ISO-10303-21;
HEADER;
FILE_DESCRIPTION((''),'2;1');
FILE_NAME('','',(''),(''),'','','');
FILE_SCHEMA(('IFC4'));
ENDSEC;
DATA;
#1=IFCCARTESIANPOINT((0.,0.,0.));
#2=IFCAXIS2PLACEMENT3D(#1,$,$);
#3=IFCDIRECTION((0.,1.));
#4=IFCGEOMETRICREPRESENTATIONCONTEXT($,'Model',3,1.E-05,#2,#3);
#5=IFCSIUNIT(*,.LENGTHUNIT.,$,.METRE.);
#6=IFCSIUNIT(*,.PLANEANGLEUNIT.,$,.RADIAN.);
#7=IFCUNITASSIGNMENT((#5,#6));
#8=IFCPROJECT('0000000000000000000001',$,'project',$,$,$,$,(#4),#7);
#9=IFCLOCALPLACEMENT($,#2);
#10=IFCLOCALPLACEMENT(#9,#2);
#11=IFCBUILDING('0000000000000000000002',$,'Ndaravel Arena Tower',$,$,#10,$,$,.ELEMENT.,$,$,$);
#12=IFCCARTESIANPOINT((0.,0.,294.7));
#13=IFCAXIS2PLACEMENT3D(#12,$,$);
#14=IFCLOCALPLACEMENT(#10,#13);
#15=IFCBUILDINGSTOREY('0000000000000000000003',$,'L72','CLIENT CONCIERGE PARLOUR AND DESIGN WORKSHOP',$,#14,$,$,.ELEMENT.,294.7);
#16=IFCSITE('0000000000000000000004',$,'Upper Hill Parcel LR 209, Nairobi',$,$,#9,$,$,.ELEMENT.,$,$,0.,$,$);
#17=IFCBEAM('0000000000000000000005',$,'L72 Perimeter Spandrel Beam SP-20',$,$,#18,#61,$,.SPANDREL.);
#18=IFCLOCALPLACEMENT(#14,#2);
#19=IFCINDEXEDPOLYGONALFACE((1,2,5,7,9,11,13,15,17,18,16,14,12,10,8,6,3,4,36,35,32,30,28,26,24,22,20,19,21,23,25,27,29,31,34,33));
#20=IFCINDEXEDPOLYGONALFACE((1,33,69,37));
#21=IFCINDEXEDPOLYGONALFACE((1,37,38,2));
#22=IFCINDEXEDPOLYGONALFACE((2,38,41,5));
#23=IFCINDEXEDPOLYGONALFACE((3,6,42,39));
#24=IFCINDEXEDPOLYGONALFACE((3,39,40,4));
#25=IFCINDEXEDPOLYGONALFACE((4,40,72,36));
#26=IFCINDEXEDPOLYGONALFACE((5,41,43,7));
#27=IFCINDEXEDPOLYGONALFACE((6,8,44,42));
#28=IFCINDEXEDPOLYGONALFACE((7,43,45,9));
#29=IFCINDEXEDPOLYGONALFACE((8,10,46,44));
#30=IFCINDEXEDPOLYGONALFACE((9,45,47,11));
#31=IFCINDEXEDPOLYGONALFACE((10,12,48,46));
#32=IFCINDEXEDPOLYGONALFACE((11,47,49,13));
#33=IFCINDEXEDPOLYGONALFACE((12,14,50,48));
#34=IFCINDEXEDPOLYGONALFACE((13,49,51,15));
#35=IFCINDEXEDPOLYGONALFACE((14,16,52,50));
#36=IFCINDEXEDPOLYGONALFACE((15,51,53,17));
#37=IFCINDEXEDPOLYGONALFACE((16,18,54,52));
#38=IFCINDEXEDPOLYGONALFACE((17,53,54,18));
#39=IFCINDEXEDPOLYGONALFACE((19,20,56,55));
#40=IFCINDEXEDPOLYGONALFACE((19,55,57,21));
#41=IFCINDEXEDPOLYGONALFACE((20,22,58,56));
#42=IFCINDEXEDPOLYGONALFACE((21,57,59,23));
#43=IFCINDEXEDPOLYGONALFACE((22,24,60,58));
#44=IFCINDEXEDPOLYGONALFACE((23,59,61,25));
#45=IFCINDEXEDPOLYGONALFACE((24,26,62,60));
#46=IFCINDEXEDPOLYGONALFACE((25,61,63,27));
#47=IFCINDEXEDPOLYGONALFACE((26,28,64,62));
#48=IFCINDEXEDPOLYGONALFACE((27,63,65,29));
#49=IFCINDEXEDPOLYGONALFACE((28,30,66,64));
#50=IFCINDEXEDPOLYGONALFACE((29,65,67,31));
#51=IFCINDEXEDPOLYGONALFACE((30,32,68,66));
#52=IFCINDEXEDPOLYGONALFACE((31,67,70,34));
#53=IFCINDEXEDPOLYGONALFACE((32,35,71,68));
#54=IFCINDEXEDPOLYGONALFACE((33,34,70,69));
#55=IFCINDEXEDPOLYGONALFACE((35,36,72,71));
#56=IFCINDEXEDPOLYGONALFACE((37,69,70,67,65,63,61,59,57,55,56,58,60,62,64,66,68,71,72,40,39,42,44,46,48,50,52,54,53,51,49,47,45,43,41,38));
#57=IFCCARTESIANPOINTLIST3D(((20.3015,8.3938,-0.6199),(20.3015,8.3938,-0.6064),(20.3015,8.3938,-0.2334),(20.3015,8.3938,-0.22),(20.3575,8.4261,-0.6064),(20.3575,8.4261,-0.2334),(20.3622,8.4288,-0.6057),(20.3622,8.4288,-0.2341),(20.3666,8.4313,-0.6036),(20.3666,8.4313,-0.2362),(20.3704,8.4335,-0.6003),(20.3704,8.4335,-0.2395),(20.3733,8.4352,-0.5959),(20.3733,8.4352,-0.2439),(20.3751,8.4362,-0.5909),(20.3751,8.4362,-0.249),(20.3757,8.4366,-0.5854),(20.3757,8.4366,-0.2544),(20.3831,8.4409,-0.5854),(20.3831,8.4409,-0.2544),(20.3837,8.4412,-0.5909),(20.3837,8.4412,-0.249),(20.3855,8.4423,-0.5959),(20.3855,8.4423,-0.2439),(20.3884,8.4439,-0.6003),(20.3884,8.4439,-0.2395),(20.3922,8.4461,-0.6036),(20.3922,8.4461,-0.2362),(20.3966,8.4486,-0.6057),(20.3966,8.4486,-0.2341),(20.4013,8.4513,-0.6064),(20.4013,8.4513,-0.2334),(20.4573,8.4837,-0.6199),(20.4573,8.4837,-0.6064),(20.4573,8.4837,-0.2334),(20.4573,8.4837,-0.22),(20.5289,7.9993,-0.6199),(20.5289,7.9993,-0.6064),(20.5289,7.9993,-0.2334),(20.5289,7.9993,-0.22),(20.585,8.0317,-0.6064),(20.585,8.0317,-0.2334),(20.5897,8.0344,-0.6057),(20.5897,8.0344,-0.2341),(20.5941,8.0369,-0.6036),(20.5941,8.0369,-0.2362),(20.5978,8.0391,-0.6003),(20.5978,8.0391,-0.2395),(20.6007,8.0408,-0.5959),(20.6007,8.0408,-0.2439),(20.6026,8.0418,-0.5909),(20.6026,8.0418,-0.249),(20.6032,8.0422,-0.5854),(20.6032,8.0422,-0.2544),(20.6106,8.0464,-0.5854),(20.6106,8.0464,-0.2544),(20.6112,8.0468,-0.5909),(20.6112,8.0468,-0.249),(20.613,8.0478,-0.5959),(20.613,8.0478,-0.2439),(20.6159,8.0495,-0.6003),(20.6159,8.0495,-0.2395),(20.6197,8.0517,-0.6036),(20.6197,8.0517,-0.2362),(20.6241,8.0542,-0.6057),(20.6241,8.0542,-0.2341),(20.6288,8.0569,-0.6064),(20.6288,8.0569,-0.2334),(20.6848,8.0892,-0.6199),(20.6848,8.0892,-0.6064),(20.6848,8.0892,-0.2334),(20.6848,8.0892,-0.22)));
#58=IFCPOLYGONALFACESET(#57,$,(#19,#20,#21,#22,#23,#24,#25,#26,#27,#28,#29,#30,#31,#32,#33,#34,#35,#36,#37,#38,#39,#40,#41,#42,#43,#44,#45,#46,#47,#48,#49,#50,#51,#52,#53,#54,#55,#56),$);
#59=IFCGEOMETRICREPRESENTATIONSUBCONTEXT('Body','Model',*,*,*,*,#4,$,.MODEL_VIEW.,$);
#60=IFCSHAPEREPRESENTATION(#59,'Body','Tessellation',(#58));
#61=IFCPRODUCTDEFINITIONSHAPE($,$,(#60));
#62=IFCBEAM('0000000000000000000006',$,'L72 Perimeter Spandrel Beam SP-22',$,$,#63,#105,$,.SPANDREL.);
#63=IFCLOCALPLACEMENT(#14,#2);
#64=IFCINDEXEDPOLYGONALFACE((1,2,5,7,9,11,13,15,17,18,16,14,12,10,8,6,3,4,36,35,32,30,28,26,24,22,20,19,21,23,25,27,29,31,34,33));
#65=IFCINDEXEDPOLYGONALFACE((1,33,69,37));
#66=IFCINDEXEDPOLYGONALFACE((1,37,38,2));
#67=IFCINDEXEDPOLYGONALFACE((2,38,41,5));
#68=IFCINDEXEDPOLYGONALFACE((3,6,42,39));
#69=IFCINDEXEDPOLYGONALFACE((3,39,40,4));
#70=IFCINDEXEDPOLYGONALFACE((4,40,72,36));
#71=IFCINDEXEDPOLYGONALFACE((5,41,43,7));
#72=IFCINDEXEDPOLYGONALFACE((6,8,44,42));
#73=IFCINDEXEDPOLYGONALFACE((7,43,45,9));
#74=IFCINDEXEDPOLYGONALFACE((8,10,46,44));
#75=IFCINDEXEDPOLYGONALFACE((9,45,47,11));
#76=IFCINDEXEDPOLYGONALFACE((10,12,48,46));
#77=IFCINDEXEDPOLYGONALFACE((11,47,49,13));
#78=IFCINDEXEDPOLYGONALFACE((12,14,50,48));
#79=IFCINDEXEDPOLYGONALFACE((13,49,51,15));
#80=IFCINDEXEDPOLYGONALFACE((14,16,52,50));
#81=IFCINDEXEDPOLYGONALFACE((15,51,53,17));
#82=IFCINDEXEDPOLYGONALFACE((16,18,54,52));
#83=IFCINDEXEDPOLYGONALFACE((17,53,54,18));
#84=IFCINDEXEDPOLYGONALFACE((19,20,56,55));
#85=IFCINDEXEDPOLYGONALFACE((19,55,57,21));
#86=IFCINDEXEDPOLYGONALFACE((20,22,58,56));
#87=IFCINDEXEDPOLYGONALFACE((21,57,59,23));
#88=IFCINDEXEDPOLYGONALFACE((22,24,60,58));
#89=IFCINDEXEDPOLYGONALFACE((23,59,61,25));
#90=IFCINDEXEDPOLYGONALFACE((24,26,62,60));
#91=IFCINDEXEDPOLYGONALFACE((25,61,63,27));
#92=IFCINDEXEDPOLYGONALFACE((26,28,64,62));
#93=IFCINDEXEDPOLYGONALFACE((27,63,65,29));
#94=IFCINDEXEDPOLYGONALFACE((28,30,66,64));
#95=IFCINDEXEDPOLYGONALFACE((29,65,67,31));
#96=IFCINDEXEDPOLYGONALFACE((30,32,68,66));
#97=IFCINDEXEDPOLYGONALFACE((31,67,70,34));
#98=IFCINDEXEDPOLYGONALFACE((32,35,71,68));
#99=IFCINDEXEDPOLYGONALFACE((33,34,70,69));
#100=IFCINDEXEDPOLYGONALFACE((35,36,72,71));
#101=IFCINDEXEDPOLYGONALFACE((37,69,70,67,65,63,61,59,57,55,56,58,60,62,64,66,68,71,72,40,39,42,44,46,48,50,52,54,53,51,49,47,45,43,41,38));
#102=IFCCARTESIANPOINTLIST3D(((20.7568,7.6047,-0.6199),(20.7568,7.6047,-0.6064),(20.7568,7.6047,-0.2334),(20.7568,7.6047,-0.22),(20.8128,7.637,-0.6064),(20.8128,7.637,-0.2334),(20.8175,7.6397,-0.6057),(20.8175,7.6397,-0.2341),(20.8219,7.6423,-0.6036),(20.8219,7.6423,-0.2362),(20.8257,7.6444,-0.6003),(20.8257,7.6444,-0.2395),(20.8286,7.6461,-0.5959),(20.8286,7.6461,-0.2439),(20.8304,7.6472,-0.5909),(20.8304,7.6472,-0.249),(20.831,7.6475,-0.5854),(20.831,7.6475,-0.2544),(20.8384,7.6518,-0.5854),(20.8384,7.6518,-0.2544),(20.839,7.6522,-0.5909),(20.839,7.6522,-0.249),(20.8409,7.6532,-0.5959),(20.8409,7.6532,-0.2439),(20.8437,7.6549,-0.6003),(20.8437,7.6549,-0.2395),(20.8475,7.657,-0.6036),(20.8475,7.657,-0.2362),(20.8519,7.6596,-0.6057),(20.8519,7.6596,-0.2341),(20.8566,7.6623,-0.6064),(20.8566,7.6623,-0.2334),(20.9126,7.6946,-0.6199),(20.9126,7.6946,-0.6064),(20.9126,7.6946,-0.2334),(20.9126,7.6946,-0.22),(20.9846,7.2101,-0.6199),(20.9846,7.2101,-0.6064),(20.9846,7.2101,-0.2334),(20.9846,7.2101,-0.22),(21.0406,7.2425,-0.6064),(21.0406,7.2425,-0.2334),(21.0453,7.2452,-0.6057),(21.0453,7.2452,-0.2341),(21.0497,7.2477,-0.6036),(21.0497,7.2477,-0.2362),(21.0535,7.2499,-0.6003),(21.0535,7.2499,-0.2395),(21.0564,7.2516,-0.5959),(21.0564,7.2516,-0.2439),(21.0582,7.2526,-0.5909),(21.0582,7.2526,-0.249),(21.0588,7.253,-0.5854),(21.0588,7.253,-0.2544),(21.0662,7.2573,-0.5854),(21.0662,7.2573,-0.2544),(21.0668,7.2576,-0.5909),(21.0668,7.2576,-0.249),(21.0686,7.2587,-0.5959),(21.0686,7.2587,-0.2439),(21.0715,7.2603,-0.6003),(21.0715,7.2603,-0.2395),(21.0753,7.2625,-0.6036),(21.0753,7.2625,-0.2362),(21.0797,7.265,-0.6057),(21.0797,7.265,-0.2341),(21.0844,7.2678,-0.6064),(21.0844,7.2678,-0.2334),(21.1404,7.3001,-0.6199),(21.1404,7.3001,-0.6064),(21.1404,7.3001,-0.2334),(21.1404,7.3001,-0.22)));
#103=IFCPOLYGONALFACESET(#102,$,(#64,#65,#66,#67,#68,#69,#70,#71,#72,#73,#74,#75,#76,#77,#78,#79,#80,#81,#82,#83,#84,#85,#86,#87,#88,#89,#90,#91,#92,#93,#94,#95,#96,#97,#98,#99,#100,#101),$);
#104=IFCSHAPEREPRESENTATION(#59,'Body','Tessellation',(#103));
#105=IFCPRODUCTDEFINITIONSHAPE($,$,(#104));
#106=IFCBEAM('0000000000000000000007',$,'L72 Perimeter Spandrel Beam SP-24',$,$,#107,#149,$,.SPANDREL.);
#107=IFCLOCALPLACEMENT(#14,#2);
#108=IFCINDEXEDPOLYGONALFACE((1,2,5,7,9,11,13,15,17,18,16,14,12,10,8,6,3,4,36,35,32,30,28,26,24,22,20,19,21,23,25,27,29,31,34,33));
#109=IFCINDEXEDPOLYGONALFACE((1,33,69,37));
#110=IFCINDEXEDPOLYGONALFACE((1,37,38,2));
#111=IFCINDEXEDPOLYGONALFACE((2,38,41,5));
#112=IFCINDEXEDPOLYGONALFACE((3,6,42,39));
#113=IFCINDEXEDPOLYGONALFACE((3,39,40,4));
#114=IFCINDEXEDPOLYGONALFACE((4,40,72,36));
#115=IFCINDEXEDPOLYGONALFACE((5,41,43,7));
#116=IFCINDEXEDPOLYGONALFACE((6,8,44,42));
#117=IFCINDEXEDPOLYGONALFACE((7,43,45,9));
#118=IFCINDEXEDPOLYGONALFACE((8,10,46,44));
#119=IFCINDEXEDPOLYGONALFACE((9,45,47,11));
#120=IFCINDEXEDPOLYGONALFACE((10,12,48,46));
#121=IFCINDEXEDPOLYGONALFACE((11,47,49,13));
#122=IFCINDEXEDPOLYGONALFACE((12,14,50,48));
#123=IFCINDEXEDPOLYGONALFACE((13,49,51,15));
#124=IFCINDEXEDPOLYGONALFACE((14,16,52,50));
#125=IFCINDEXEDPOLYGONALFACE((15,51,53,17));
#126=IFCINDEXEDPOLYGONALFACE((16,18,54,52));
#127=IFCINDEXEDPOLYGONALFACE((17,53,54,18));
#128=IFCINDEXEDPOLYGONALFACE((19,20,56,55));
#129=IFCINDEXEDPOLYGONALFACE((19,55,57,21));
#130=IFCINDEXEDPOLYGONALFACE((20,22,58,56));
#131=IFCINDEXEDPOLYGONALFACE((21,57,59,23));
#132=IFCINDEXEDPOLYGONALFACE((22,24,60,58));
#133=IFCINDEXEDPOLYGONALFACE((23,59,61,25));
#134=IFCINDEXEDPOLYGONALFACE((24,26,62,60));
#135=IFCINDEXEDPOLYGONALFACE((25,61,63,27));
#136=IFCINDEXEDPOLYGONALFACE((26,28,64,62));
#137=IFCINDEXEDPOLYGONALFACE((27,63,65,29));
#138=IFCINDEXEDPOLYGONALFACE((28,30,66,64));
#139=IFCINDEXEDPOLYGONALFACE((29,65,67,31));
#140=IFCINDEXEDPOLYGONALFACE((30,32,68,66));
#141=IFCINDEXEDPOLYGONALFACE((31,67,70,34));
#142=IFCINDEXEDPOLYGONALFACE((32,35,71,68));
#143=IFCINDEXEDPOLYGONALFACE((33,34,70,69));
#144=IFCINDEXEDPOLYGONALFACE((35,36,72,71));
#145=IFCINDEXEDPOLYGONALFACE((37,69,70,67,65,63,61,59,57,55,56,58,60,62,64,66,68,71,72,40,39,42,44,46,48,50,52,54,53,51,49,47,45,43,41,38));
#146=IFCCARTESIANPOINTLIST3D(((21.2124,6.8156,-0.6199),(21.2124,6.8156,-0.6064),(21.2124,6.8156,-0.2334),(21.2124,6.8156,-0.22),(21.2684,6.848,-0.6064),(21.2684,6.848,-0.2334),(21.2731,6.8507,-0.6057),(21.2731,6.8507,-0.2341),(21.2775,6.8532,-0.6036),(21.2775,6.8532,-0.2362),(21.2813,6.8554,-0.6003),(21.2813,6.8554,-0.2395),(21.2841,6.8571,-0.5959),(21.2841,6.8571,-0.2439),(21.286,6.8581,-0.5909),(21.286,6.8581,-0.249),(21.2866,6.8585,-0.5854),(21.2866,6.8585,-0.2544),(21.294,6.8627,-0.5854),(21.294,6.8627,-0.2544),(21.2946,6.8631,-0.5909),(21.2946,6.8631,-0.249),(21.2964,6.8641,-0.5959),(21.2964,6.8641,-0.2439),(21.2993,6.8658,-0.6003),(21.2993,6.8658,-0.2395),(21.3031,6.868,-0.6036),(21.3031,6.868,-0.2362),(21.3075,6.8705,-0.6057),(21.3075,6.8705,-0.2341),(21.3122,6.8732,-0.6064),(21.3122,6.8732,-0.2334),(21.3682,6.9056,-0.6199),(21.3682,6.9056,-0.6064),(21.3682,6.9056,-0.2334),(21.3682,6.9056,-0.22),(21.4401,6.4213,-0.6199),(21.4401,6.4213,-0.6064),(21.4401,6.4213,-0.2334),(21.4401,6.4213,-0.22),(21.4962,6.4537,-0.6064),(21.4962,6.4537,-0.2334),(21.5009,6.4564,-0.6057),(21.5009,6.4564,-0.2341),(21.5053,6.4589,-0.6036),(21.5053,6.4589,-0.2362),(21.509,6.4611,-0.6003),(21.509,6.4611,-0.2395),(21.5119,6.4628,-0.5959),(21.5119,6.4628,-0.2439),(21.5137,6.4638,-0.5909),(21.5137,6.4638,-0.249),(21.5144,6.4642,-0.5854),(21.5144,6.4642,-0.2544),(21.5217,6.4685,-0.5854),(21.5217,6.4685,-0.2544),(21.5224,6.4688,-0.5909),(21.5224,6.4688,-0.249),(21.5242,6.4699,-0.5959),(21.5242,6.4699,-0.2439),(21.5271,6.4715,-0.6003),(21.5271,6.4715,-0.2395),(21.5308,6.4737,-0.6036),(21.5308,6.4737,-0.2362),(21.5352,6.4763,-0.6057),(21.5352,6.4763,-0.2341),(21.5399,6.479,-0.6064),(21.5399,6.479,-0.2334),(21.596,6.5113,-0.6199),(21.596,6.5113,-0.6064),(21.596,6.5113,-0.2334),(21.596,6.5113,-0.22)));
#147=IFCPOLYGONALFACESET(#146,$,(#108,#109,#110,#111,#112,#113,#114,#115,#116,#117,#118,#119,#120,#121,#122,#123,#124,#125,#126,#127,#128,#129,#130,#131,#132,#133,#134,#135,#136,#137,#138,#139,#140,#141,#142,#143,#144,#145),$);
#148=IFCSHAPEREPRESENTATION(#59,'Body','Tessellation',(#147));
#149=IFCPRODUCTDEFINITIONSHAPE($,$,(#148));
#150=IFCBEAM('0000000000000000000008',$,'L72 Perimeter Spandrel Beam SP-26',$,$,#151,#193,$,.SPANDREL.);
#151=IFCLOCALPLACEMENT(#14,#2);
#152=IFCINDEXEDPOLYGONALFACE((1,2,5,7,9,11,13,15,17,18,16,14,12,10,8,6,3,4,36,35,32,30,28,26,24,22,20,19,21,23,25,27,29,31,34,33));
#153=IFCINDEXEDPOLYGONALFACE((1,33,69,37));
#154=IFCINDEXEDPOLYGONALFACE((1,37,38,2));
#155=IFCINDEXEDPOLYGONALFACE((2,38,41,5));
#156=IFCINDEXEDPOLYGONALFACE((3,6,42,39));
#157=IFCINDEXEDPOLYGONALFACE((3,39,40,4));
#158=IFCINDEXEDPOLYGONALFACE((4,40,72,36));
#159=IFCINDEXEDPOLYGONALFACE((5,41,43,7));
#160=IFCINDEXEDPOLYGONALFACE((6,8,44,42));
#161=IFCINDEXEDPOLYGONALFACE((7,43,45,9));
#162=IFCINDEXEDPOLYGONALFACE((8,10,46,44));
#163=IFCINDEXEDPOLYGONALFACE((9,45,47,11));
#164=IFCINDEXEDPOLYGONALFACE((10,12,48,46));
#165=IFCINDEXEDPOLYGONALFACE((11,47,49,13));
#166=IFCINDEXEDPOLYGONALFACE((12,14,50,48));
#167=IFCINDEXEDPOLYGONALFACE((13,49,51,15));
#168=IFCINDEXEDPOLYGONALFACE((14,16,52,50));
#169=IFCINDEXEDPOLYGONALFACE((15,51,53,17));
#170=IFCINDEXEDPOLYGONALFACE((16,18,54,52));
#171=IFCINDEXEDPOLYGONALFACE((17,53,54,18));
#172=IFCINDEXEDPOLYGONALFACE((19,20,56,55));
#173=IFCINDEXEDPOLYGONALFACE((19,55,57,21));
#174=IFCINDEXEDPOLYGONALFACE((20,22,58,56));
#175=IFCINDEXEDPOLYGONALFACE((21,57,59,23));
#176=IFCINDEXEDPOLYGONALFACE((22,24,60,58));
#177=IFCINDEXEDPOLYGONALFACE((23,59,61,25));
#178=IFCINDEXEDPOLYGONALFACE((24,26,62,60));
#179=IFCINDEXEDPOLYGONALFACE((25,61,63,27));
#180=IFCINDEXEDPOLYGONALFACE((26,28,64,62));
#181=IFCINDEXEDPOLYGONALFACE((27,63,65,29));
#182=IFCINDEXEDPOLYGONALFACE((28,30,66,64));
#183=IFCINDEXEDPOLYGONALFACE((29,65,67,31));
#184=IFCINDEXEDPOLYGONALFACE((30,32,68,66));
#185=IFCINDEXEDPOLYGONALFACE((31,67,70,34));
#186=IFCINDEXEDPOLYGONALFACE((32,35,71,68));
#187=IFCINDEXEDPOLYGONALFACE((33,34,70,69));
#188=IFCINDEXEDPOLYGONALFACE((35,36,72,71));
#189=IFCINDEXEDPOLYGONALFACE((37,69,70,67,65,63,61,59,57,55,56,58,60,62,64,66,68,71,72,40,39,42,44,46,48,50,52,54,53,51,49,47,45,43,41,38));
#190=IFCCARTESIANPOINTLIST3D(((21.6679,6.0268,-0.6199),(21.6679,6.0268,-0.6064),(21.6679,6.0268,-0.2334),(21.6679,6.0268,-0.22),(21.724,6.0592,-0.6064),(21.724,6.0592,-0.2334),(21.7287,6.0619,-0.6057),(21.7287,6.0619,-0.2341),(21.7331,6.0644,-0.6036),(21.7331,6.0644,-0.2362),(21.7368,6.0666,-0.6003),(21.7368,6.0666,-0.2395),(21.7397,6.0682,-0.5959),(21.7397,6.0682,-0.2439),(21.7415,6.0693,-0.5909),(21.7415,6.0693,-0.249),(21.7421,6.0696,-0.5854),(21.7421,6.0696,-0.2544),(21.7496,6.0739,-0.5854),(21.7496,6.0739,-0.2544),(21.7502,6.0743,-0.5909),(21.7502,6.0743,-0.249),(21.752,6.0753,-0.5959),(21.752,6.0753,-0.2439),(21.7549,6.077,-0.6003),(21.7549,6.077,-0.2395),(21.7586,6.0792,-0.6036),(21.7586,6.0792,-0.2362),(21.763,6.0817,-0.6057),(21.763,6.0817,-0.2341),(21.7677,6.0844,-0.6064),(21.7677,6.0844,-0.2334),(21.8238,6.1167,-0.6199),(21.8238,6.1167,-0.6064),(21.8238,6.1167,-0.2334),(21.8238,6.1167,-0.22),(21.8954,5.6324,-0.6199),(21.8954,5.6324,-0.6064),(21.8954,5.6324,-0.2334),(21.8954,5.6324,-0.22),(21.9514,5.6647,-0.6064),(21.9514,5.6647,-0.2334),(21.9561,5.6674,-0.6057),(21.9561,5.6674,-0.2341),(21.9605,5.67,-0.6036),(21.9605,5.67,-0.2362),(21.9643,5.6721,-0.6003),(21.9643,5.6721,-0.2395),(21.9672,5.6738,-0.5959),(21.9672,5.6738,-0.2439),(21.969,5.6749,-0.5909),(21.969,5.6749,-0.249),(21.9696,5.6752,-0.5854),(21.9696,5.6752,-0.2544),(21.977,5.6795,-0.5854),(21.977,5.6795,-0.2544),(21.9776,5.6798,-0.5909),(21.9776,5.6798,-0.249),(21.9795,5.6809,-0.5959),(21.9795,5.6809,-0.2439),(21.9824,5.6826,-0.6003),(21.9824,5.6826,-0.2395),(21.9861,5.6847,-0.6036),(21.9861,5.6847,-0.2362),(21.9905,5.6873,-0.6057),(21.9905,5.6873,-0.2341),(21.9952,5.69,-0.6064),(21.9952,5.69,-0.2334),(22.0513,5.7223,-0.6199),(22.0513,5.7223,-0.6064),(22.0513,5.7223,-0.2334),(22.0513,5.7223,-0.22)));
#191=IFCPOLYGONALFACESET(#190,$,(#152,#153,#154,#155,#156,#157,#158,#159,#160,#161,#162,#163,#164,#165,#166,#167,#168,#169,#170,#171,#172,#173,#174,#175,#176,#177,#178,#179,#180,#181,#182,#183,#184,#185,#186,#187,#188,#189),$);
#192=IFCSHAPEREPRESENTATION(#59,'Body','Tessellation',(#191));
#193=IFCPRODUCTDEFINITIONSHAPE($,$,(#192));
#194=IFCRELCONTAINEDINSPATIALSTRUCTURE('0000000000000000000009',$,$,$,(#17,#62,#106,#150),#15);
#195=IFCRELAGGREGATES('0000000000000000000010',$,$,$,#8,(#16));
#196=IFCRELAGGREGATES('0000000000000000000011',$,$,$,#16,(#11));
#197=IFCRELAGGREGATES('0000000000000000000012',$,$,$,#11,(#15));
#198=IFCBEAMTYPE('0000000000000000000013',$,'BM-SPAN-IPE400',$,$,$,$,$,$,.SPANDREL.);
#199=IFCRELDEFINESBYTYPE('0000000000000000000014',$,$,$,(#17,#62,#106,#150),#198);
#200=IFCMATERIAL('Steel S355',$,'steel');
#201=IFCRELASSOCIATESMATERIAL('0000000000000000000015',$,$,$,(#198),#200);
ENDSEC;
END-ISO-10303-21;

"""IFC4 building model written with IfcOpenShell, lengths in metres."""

from ifc_helpers import new_model, si_unit, direction, frame, origin, origin_2d, place, context, subcontext, project, spatial, i_section, extrude, material, material_profile, profile_set, type_object, element, save


model = new_model("IFC4")

# Units and contexts
model_context = context("Model", 3, precision=1e-05, world=origin(), true_north=direction((0.0, 1.0)))
body_context = subcontext(model_context, "Body", "Model", "MODEL_VIEW")
ifc_project = project(units=[si_unit("LENGTHUNIT", "METRE"), si_unit("PLANEANGLEUNIT", "RADIAN")], contexts=[model_context])

# Site, building, storey
site_placement = place(None, origin())
site = spatial("IfcSite", under=ifc_project, at=site_placement, Name="Upper Hill Parcel LR 209, Nairobi", CompositionType="ELEMENT", RefElevation=0.0)
building_placement = place(site_placement, origin())
building = spatial("IfcBuilding", under=site, at=building_placement, Name="Ndaravel Arena Tower", CompositionType="ELEMENT")
storey_placement = place(building_placement, frame((0.0, 0.0, 294.7)))
storey = spatial("IfcBuildingStorey", under=building, at=storey_placement, Name="L72", Description="CLIENT CONCIERGE PARLOUR AND DESIGN WORKSHOP", CompositionType="ELEMENT", Elevation=294.7)

# Beams
ifc_material_1 = material(Name="Steel S355", Category="steel")
ifc_material_profile_1 = material_profile(ifc_material_1, i_section(OverallWidth=0.1799, OverallDepth=0.3999, WebThickness=0.0085, FlangeThickness=0.0134, FilletRadius=0.021, at=origin_2d()), Name="IPE 400")
ifc_profile_set_1 = profile_set([ifc_material_profile_1], Name="Steel S355")
beam_type = type_object("IfcBeamType", Name="BM-SPAN-IPE400", PredefinedType="SPANDREL", material=ifc_profile_set_1)
beam_1_placement = place(storey_placement, frame((20.3794, 8.4387, -0.4199), z_axis=(0.499599, -0.866257, 0.0), x_axis=(0.866257, 0.499599, 0.0)))
element("IfcBeam", 1, at=beam_1_placement, inside=storey, type_object=beam_type, Name="L72 Perimeter Spandrel Beam SP-20", PredefinedType="SPANDREL", context=body_context, shape_type="SweptSolid", body=[
    extrude(i_section(OverallWidth=0.1799, OverallDepth=0.3999, WebThickness=0.0085, FlangeThickness=0.0134, FilletRadius=0.021, at=origin_2d()), origin(), (0.0, 0.0, 1.0), 0.4553),
])
beam_2_placement = place(storey_placement, frame((20.8347, 7.6497, -0.4199), z_axis=(0.500001, -0.866025, 0.0), x_axis=(0.866025, 0.500001, 0.0)))
element("IfcBeam", 2, at=beam_2_placement, inside=storey, type_object=beam_type, Name="L72 Perimeter Spandrel Beam SP-22", PredefinedType="SPANDREL", context=body_context, shape_type="SweptSolid", body=[
    extrude(i_section(OverallWidth=0.1799, OverallDepth=0.3999, WebThickness=0.0085, FlangeThickness=0.0134, FilletRadius=0.021, at=origin_2d()), origin(), (0.0, 0.0, 1.0), 0.4556),
])
for number, where, z_axis, x_axis, name in (
    (3, (21.2903, 6.8606, -0.4199), (0.500233, -0.865891, 0.0), (0.865891, 0.500233, 0.0), "L72 Perimeter Spandrel Beam SP-24"),
    (4, (21.7458, 6.0718, -0.4199), (0.499599, -0.866257, 0.0), (0.866257, 0.499599, 0.0), "L72 Perimeter Spandrel Beam SP-26"),
):
    element("IfcBeam", number, at=place(storey_placement, frame(where, z_axis=z_axis, x_axis=x_axis)), inside=storey, type_object=beam_type, Name=name, PredefinedType="SPANDREL", context=body_context, shape_type="SweptSolid", body=[
        extrude(i_section(OverallWidth=0.1799, OverallDepth=0.3999, WebThickness=0.0085, FlangeThickness=0.0134, FilletRadius=0.021, at=origin_2d()), origin(), (0.0, 0.0, 1.0), 0.4553),
    ])

save(model, "model.ifc")
